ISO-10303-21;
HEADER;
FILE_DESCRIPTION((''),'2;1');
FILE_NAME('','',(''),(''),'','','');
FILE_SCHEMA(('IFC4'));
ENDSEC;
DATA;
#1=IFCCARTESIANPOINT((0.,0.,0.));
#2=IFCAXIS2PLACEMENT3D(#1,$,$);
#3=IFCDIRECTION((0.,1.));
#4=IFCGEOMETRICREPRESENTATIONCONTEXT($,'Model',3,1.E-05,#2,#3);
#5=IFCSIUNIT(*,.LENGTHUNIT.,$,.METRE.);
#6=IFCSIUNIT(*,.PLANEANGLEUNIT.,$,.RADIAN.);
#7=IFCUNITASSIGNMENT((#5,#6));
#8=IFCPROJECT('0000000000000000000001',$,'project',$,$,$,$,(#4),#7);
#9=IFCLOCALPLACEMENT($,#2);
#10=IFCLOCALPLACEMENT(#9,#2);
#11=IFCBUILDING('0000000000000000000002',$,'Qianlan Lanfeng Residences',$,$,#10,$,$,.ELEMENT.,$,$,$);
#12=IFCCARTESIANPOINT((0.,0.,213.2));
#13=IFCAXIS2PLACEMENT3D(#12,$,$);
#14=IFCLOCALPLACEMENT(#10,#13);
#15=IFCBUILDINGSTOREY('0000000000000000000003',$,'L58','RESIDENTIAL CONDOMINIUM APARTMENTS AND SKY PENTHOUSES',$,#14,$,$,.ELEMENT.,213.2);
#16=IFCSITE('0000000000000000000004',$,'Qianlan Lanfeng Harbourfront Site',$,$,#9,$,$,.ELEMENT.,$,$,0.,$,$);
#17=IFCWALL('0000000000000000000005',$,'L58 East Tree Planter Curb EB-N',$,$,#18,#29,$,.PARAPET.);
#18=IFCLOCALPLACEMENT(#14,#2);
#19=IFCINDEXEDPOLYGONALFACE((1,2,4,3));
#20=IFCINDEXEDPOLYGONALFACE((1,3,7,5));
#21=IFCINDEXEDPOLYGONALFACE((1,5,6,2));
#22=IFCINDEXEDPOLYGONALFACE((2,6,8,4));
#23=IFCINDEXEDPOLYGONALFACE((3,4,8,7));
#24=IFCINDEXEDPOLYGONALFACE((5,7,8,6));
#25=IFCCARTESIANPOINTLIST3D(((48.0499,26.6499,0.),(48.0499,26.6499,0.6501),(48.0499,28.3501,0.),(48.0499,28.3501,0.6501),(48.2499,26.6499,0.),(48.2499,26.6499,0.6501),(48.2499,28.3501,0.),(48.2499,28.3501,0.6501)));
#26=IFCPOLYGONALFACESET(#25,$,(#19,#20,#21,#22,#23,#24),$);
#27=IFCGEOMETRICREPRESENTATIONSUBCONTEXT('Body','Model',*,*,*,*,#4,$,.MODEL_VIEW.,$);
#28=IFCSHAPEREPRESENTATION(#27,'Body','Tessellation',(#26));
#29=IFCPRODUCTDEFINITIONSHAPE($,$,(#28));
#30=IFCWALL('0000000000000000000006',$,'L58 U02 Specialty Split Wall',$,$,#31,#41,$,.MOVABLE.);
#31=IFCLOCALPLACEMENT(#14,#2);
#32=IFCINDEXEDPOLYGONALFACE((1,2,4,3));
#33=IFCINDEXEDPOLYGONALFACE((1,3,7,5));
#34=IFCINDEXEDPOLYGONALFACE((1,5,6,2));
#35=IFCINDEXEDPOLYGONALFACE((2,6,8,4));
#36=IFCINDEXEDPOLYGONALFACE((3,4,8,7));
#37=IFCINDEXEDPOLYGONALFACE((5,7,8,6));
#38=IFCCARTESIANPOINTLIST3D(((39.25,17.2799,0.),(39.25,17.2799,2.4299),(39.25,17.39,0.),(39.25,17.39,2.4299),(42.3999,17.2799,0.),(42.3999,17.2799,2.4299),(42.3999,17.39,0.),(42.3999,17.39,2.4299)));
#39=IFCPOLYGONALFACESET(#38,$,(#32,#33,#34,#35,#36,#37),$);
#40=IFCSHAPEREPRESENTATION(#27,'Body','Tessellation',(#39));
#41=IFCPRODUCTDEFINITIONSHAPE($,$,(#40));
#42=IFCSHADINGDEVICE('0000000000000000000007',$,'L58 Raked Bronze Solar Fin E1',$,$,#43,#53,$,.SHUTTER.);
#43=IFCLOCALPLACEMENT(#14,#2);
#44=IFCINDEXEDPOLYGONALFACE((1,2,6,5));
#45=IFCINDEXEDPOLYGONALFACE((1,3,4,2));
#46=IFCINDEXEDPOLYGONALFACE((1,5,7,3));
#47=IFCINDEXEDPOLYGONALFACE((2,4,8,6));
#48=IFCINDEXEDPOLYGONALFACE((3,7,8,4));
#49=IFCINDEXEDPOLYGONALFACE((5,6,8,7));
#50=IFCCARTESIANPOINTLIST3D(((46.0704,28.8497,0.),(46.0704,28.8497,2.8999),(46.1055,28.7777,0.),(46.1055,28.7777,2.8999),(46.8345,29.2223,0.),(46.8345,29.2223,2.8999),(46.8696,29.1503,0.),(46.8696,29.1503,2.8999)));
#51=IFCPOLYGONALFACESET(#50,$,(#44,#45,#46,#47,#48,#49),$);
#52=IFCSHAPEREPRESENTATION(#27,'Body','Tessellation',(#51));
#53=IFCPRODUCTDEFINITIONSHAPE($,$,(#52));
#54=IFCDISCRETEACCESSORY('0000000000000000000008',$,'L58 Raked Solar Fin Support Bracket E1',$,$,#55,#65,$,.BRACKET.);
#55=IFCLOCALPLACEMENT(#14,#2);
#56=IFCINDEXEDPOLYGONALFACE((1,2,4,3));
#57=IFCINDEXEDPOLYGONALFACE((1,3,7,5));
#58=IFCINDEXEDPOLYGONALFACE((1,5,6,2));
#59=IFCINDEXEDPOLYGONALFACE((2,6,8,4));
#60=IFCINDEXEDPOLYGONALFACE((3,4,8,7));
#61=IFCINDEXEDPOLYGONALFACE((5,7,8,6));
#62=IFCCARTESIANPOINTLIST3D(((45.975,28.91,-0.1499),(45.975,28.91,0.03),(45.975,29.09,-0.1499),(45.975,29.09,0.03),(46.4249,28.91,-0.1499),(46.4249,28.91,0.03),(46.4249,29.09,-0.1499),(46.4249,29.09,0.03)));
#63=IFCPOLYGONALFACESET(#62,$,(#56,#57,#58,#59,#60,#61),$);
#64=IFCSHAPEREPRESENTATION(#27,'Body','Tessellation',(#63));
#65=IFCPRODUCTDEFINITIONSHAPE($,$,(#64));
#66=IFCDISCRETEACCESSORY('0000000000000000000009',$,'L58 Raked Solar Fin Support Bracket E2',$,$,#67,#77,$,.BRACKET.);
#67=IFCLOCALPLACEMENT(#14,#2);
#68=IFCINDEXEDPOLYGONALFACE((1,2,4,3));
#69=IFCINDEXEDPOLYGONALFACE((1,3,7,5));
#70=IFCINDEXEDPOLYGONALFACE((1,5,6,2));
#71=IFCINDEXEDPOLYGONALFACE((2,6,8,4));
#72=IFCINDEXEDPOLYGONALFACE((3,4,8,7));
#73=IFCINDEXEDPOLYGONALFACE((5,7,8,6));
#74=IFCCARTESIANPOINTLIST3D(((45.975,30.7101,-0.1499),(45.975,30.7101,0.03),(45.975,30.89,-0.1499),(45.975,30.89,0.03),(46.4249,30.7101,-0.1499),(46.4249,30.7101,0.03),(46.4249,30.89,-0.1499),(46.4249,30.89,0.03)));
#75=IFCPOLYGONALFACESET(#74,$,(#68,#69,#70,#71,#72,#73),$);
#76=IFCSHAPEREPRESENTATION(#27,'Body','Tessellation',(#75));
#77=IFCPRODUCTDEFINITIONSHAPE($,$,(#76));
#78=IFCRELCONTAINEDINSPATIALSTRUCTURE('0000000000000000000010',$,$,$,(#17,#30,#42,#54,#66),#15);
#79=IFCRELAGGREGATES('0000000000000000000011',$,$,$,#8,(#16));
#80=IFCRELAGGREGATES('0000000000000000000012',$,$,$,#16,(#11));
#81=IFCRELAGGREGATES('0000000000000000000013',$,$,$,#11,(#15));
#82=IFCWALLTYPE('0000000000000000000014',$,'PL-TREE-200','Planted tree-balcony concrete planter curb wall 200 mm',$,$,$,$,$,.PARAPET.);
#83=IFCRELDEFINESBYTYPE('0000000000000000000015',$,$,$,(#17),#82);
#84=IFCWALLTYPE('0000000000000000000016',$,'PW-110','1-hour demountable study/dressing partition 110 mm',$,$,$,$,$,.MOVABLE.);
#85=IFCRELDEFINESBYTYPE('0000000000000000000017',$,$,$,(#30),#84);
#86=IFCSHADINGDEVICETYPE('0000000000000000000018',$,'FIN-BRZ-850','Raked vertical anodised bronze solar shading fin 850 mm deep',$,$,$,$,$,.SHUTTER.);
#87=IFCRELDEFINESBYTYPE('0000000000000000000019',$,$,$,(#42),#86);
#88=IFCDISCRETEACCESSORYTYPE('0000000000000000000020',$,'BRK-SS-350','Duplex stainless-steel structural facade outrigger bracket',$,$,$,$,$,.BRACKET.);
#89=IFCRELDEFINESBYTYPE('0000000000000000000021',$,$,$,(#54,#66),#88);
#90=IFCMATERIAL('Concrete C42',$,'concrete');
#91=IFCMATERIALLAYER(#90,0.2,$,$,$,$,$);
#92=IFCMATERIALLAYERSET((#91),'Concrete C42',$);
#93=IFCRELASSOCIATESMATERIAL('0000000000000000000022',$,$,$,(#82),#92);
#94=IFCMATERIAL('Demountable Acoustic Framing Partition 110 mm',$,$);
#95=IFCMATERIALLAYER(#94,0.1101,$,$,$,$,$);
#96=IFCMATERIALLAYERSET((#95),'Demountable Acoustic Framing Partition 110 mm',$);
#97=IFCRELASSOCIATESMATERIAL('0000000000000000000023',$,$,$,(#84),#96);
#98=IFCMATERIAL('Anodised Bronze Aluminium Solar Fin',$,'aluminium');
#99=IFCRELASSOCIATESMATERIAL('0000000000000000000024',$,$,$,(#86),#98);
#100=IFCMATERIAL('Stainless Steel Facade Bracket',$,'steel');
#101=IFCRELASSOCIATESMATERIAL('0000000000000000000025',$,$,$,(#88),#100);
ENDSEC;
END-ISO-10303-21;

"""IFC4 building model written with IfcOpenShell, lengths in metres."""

from ifc_helpers import new_model, si_unit, direction, frame, frame_2d, origin, origin_2d, place, context, subcontext, project, spatial, rectangle, extrude, source, transform, mapped, material, layer, layer_set, type_object, element, save


model = new_model("IFC4")

# Units and contexts
model_context = context("Model", 3, precision=1e-05, world=origin(), true_north=direction((0.0, 1.0)))
body_context = subcontext(model_context, "Body", "Model", "MODEL_VIEW")
ifc_project = project(units=[si_unit("LENGTHUNIT", "METRE"), si_unit("PLANEANGLEUNIT", "RADIAN")], contexts=[model_context])

# Site, building, storey
site_placement = place(None, origin())
site = spatial("IfcSite", under=ifc_project, at=site_placement, Name="Qianlan Lanfeng Harbourfront Site", CompositionType="ELEMENT", RefElevation=0.0)
building_placement = place(site_placement, origin())
building = spatial("IfcBuilding", under=site, at=building_placement, Name="Qianlan Lanfeng Residences", CompositionType="ELEMENT")
storey_placement = place(building_placement, frame((0.0, 0.0, 213.2)))
storey = spatial("IfcBuildingStorey", under=building, at=storey_placement, Name="L58", Description="RESIDENTIAL CONDOMINIUM APARTMENTS AND SKY PENTHOUSES", CompositionType="ELEMENT", Elevation=213.2)

# Walls
ifc_material_1 = material(Name="Concrete C42", Category="concrete")
ifc_layer_1 = layer(ifc_material_1, 0.2)
ifc_layer_set_1 = layer_set([ifc_layer_1], Name="Concrete C42")
wall_type_1 = type_object("IfcWallType", Name="PL-TREE-200", Description="Planted tree-balcony concrete planter curb wall 200 mm", PredefinedType="PARAPET", material=ifc_layer_set_1)
wall_1_placement = place(storey_placement, frame((48.1499, 26.6499, 0.0), z_axis=(0.0, 0.0, 1.0), x_axis=(0.0, 1.0, 0.0)))
element("IfcWall", 1, at=wall_1_placement, inside=storey, type_object=wall_type_1, Name="L58 East Tree Planter Curb EB-N", PredefinedType="PARAPET", context=body_context, shape_type="SweptSolid", body=[
    extrude(rectangle(XDim=1.7002, YDim=0.2, at=frame_2d((0.8501, 0.0))), origin(), (0.0, 0.0, 1.0), 0.6501),
])
ifc_material_2 = material(Name="Demountable Acoustic Framing Partition 110 mm")
ifc_layer_2 = layer(ifc_material_2, 0.1101)
ifc_layer_set_2 = layer_set([ifc_layer_2], Name="Demountable Acoustic Framing Partition 110 mm")
wall_type_2 = type_object("IfcWallType", Name="PW-110", Description="1-hour demountable study/dressing partition 110 mm", PredefinedType="MOVABLE", material=ifc_layer_set_2)
wall_2_placement = place(storey_placement, frame((39.25, 17.335, 0.0), z_axis=(0.0, 0.0, 1.0), x_axis=(1.0, 0.0, 0.0)))
element("IfcWall", 2, at=wall_2_placement, inside=storey, type_object=wall_type_2, Name="L58 U02 Specialty Split Wall", PredefinedType="MOVABLE", context=body_context, shape_type="SweptSolid", body=[
    extrude(rectangle(XDim=3.1499, YDim=0.1101, at=frame_2d((1.575, 0.0))), origin(), (0.0, 0.0, 1.0), 2.4299),
])

# Shading device
ifc_material_3 = material(Name="Anodised Bronze Aluminium Solar Fin", Category="aluminium")
shading_device_type = type_object("IfcShadingDeviceType", Name="FIN-BRZ-850", Description="Raked vertical anodised bronze solar shading fin 850 mm deep", PredefinedType="SHUTTER", material=ifc_material_3)
shared_shape_1 = source(origin(), body_context, "Body", "SweptSolid", [
    extrude(rectangle(XDim=0.8501, YDim=0.0801, at=origin_2d()), origin(), (0.0, 0.0, 1.0), 2.8999),
])
shading_device_placement = place(storey_placement, frame((46.47, 29.0, 0.0), z_axis=(0.0, 0.0, 1.0), x_axis=(0.898794, 0.438371, 0.0)))
element("IfcShadingDevice", 3, at=shading_device_placement, inside=storey, type_object=shading_device_type, Name="L58 Raked Bronze Solar Fin E1", PredefinedType="SHUTTER", context=body_context, shape_type="MappedRepresentation", body=[
    mapped(shared_shape_1, transform((0.0, 0.0, 0.0), scale=1.0)),
])

# Discrete accessories
ifc_material_4 = material(Name="Stainless Steel Facade Bracket", Category="steel")
discrete_accessory_type = type_object("IfcDiscreteAccessoryType", Name="BRK-SS-350", Description="Duplex stainless-steel structural facade outrigger bracket", PredefinedType="BRACKET", material=ifc_material_4)
shared_shape_2 = source(origin(), body_context, "Body", "SweptSolid", [
    extrude(rectangle(XDim=0.45, YDim=0.1799, at=origin_2d()), origin(), (0.0, 0.0, 1.0), 0.1799),
])
for number, where, z_axis, x_axis, name in (
    (4, (46.2, 29.0, -0.1499), (0.0, 0.0, 1.0), (1.0, 0.0, 0.0), "L58 Raked Solar Fin Support Bracket E1"),
    (5, (46.2, 30.8, -0.1499), (0.0, 0.0, 1.0), (1.0, 0.0, 0.0), "L58 Raked Solar Fin Support Bracket E2"),
):
    element("IfcDiscreteAccessory", number, at=place(storey_placement, frame(where, z_axis=z_axis, x_axis=x_axis)), inside=storey, type_object=discrete_accessory_type, Name=name, PredefinedType="BRACKET", context=body_context, shape_type="MappedRepresentation", body=[
        mapped(shared_shape_2, transform((0.0, 0.0, 0.0), scale=1.0)),
    ])

save(model, "model.ifc")
